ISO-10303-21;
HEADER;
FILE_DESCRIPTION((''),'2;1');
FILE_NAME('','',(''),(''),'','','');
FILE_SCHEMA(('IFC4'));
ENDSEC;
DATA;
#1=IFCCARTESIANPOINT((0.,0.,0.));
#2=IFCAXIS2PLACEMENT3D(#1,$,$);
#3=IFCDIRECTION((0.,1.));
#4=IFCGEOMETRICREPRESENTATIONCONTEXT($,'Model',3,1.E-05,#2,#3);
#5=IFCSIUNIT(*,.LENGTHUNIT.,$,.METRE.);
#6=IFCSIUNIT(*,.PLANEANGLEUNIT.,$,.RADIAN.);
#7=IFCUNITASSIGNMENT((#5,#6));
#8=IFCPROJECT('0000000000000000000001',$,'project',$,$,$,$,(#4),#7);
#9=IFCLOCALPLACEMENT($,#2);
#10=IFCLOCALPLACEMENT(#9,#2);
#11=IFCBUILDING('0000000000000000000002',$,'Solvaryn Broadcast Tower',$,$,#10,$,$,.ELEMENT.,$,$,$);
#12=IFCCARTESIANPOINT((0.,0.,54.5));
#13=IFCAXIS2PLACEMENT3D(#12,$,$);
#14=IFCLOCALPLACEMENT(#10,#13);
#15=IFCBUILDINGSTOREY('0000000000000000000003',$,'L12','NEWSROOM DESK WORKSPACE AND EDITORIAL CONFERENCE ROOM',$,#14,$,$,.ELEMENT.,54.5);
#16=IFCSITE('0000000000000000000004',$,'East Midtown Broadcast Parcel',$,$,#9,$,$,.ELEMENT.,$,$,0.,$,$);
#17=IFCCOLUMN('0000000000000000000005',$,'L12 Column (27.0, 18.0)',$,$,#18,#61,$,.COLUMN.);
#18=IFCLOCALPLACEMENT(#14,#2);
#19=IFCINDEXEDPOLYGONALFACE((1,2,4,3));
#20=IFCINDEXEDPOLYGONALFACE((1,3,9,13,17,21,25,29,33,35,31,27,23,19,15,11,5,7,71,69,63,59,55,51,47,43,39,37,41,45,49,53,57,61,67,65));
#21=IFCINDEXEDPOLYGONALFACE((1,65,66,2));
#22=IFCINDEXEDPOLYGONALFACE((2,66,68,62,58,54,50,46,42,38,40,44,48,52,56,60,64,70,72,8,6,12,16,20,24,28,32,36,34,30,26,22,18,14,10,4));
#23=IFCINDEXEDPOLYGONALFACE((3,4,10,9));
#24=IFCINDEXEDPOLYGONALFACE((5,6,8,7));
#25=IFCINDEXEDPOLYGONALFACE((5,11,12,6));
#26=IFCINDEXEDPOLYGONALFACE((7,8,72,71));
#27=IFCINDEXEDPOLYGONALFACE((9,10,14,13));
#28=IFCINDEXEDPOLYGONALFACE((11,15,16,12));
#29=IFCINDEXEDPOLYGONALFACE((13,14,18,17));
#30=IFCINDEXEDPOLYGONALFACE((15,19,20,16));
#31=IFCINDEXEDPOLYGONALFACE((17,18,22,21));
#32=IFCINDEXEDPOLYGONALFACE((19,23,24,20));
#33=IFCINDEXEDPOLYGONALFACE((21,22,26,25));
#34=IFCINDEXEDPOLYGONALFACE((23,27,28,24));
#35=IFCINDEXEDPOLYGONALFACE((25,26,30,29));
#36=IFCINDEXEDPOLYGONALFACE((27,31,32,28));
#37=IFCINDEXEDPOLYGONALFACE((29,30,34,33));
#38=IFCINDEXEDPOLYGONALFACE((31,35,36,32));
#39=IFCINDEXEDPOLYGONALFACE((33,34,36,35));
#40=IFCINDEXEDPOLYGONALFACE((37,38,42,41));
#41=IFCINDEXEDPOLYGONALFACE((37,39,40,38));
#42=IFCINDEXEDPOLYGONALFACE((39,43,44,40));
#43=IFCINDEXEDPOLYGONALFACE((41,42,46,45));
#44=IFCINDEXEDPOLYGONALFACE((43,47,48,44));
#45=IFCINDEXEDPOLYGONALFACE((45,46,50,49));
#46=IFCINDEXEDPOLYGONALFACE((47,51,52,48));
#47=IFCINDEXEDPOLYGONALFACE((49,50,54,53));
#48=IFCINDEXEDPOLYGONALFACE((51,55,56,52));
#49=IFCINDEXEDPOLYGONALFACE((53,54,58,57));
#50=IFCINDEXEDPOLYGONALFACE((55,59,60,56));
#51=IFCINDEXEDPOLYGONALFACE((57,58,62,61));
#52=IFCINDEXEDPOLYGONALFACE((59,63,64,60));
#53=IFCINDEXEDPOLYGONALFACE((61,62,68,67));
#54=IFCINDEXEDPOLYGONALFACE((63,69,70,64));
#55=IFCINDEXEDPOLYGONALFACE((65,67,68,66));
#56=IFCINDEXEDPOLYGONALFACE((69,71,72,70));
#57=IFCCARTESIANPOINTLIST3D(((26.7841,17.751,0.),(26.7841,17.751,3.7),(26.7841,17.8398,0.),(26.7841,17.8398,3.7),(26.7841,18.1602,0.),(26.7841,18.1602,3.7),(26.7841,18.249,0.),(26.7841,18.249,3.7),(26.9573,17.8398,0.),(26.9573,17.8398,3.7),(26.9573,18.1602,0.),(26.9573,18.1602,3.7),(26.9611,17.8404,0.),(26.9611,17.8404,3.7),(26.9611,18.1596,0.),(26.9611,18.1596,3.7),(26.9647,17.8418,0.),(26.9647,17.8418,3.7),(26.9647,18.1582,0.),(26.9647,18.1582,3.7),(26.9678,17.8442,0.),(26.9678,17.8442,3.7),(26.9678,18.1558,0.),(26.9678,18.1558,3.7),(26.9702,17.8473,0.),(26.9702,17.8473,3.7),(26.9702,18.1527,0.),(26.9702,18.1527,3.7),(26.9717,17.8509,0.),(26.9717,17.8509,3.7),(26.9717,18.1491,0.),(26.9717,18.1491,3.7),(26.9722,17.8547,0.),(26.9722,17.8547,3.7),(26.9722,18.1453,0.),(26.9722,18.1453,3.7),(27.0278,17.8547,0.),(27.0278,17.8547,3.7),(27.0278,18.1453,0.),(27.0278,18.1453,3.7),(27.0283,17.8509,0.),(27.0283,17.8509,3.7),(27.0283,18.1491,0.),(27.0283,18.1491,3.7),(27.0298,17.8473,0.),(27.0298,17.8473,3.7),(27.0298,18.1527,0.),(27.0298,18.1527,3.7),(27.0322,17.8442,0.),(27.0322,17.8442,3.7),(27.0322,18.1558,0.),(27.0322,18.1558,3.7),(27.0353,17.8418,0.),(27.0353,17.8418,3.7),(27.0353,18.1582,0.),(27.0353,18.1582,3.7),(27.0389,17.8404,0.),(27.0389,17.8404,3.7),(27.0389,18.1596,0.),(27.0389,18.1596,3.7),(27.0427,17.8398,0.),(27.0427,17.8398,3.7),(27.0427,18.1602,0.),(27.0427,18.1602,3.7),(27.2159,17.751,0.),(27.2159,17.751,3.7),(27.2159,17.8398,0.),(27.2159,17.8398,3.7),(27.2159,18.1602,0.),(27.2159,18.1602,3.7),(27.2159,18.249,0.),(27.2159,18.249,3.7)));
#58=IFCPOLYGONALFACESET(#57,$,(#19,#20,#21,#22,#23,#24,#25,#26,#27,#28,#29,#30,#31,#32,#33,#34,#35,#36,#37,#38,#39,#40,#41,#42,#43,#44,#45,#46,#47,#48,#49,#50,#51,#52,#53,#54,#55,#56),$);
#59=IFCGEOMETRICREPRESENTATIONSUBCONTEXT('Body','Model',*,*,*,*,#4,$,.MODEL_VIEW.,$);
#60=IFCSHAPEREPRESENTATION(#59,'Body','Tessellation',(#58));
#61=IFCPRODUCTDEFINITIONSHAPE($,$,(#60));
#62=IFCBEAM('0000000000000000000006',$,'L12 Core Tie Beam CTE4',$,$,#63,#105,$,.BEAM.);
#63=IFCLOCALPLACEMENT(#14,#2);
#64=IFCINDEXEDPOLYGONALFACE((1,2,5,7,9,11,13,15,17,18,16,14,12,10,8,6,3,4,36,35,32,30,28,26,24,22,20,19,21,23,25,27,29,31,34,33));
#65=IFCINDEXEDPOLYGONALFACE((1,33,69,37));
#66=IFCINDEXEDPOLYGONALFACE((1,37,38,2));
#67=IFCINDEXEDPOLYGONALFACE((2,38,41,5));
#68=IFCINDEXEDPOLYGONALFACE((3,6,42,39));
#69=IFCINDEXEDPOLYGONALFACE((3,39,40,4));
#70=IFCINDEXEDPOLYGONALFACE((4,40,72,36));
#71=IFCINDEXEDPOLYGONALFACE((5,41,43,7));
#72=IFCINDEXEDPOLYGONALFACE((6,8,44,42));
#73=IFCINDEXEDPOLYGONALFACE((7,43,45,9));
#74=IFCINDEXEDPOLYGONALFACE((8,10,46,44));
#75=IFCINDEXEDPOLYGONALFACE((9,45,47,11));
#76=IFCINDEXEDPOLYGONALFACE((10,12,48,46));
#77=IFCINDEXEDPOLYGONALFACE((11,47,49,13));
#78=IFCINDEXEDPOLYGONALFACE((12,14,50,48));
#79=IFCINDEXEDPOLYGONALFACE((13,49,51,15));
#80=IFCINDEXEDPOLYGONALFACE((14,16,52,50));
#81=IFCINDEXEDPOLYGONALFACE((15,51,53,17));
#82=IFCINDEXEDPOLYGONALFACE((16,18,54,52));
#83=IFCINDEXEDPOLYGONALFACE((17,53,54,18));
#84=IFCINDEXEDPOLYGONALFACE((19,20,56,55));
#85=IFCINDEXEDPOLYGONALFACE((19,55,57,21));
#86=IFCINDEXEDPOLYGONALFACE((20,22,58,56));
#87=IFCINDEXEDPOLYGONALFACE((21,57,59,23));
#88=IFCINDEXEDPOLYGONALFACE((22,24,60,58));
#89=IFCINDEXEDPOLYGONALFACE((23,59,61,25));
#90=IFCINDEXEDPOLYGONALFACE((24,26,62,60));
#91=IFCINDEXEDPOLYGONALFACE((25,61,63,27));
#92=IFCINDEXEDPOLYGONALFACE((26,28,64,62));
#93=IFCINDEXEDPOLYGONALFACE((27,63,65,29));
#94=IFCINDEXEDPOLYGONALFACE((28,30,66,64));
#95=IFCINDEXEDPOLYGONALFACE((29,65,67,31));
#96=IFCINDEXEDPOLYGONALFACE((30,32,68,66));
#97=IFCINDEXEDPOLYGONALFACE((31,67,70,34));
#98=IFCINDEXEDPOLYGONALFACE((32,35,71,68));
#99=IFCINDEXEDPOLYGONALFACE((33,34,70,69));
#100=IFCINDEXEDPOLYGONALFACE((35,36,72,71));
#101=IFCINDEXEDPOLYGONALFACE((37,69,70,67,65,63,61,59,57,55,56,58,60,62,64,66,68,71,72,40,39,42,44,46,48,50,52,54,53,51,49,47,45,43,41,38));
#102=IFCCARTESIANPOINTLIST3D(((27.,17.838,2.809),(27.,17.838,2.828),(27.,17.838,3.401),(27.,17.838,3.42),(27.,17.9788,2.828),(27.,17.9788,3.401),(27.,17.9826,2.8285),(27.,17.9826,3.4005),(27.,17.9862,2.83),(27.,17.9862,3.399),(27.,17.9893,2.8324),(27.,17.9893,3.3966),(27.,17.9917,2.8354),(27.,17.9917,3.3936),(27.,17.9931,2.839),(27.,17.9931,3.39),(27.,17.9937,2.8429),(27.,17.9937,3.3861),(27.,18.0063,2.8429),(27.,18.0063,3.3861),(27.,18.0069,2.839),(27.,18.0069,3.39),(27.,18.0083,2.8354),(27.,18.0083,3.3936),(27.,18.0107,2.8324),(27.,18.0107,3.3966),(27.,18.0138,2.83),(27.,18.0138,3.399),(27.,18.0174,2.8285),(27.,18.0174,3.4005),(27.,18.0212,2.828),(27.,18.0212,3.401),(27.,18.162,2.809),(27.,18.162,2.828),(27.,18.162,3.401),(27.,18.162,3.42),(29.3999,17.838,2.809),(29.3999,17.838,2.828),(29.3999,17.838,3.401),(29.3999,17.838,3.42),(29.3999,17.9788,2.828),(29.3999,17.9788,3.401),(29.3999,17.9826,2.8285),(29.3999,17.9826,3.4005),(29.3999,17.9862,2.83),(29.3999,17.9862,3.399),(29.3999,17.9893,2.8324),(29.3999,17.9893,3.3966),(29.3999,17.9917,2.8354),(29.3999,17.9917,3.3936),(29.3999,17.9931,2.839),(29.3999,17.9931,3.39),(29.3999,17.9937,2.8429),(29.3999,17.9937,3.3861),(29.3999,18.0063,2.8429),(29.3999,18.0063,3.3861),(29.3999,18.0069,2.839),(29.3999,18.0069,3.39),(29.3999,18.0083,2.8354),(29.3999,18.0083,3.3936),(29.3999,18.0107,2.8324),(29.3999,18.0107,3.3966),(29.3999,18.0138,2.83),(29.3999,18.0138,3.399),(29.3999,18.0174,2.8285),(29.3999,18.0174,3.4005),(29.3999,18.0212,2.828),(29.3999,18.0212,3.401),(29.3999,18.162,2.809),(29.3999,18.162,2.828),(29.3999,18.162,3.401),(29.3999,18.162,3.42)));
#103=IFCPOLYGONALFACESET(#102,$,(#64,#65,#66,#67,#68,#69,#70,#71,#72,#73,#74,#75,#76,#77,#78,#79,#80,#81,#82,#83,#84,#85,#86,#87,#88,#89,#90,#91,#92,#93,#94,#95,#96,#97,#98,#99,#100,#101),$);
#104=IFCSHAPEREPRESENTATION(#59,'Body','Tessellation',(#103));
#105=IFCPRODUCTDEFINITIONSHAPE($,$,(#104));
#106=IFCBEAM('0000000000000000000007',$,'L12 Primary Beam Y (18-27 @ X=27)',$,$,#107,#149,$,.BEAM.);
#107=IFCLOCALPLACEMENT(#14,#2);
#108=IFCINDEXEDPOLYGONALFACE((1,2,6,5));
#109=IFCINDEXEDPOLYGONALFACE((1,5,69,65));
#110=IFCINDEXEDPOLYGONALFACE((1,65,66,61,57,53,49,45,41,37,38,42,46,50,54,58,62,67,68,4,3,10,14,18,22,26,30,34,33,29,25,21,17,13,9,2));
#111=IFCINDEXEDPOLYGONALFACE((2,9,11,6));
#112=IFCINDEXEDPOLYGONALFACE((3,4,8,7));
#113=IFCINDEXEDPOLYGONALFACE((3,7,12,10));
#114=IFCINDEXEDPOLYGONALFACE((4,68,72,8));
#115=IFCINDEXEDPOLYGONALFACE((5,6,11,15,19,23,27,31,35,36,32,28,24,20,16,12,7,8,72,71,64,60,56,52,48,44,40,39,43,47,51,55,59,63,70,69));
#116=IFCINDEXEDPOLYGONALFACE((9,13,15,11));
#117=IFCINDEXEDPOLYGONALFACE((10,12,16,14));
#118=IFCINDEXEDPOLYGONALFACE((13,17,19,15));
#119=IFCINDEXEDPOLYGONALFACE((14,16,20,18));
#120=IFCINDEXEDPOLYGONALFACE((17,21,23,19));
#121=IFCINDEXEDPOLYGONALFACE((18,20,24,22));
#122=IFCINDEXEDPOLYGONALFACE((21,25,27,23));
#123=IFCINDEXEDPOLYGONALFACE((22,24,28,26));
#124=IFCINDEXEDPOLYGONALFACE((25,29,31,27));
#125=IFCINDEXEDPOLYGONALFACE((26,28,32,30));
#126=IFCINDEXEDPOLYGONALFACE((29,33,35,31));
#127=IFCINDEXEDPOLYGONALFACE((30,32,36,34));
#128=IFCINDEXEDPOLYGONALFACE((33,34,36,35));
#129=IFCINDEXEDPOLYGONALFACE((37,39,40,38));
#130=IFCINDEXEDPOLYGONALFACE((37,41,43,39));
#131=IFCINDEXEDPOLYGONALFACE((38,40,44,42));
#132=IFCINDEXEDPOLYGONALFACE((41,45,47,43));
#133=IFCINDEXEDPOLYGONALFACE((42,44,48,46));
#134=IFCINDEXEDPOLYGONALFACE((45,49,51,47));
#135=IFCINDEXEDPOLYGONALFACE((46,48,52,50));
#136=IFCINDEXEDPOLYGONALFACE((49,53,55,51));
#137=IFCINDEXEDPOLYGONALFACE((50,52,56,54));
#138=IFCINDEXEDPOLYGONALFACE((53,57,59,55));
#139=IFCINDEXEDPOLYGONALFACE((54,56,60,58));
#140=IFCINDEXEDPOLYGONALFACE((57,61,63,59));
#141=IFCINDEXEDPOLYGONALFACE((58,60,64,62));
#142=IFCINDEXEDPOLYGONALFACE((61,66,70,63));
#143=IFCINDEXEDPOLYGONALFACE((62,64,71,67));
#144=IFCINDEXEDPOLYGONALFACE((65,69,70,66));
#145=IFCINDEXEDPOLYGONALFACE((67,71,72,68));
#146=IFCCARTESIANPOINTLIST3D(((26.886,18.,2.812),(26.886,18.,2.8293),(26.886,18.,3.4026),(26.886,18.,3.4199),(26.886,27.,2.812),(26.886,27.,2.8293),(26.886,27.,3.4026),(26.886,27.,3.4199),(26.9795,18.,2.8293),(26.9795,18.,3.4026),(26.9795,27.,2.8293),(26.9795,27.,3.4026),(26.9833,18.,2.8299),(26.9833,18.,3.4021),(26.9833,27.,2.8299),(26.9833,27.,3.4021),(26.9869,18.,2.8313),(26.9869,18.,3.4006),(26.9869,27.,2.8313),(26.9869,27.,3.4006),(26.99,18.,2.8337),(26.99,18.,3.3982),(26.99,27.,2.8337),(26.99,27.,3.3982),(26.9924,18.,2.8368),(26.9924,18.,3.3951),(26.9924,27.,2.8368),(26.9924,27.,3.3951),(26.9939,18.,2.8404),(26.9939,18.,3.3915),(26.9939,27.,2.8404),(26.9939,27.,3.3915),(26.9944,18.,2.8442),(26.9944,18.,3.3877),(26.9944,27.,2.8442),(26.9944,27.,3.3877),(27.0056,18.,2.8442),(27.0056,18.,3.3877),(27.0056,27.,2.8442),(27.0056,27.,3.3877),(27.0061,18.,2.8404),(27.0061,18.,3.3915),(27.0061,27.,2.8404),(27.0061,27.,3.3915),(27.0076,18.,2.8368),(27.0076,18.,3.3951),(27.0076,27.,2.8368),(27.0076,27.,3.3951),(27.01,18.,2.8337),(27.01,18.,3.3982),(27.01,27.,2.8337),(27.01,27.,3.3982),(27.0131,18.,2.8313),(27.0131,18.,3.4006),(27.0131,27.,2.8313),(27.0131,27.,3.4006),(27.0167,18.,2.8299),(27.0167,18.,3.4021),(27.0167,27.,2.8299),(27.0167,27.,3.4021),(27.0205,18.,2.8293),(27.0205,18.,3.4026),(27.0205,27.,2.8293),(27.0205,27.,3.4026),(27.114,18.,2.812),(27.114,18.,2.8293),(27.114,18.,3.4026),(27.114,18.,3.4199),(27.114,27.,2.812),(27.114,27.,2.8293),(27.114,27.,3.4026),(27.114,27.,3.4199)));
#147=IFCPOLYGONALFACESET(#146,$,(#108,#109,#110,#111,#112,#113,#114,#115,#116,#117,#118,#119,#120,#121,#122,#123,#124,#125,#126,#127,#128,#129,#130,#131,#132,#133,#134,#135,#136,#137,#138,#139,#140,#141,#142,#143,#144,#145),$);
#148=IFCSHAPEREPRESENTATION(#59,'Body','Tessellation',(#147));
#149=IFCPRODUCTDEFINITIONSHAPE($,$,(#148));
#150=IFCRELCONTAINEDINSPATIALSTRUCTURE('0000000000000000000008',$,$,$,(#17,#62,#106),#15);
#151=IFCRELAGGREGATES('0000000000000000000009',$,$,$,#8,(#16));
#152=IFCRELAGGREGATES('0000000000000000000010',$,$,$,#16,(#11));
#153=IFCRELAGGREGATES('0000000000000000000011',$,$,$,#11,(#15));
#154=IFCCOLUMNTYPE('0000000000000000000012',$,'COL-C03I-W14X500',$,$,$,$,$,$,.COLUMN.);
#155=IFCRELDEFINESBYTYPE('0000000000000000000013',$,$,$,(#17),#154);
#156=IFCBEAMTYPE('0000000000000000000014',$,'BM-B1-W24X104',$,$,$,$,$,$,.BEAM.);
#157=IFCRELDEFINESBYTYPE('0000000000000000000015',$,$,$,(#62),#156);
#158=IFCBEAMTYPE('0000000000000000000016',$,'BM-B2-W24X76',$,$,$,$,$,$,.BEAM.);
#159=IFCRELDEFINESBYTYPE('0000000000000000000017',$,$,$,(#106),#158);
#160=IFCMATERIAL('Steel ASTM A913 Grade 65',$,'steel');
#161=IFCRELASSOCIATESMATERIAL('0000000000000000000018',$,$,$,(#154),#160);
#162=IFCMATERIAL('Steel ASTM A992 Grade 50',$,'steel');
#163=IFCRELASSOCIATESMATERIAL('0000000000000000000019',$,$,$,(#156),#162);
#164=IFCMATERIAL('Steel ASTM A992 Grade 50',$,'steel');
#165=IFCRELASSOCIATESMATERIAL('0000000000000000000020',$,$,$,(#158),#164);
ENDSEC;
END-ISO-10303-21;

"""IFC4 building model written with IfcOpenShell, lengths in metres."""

from ifc_helpers import new_model, si_unit, direction, frame, origin, origin_2d, place, context, subcontext, project, spatial, i_section, extrude, material, material_profile, profile_set, type_object, element, save


model = new_model("IFC4")

# Units and contexts
model_context = context("Model", 3, precision=1e-05, world=origin(), true_north=direction((0.0, 1.0)))
body_context = subcontext(model_context, "Body", "Model", "MODEL_VIEW")
ifc_project = project(units=[si_unit("LENGTHUNIT", "METRE"), si_unit("PLANEANGLEUNIT", "RADIAN")], contexts=[model_context])

# Site, building, storey
site_placement = place(None, origin())
site = spatial("IfcSite", under=ifc_project, at=site_placement, Name="East Midtown Broadcast Parcel", CompositionType="ELEMENT", RefElevation=0.0)
building_placement = place(site_placement, origin())
building = spatial("IfcBuilding", under=site, at=building_placement, Name="Solvaryn Broadcast Tower", CompositionType="ELEMENT")
storey_placement = place(building_placement, frame((0.0, 0.0, 54.5)))
storey = spatial("IfcBuildingStorey", under=building, at=storey_placement, Name="L12", Description="NEWSROOM DESK WORKSPACE AND EDITORIAL CONFERENCE ROOM", CompositionType="ELEMENT", Elevation=54.5)

# Column
ifc_material_1 = material(Name="Steel ASTM A913 Grade 65", Category="steel")
ifc_material_profile_1 = material_profile(ifc_material_1, i_section(OverallWidth=0.4319, OverallDepth=0.498, WebThickness=0.0557, FlangeThickness=0.0889, FilletRadius=0.0149, at=origin_2d()))
ifc_profile_set_1 = profile_set([ifc_material_profile_1], Name="Steel ASTM A913 Grade 65")
column_type = type_object("IfcColumnType", Name="COL-C03I-W14X500", PredefinedType="COLUMN", material=ifc_profile_set_1)
column_placement = place(storey_placement, frame((27.0, 18.0, 0.0), z_axis=(0.0, 0.0, 1.0), x_axis=(1.0, 0.0, 0.0)))
element("IfcColumn", 1, at=column_placement, inside=storey, type_object=column_type, Name="L12 Column (27.0, 18.0)", PredefinedType="COLUMN", context=body_context, shape_type="SweptSolid", body=[
    extrude(i_section(OverallWidth=0.4319, OverallDepth=0.498, WebThickness=0.0557, FlangeThickness=0.0889, FilletRadius=0.0149, at=origin_2d()), origin(), (0.0, 0.0, 1.0), 3.7),
])

# Beams
ifc_material_2 = material(Name="Steel ASTM A992 Grade 50", Category="steel")
ifc_material_profile_2 = material_profile(ifc_material_2, i_section(OverallWidth=0.324, OverallDepth=0.6111, WebThickness=0.0127, FlangeThickness=0.019, FilletRadius=0.0149, at=origin_2d()))
ifc_profile_set_2 = profile_set([ifc_material_profile_2], Name="Steel ASTM A992 Grade 50")
beam_type_1 = type_object("IfcBeamType", Name="BM-B1-W24X104", PredefinedType="BEAM", material=ifc_profile_set_2)
beam_1_placement = place(storey_placement, frame((27.0, 18.0, 3.1145), z_axis=(1.0, 0.0, 0.0), x_axis=(0.0, 1.0, 0.0)))
element("IfcBeam", 2, at=beam_1_placement, inside=storey, type_object=beam_type_1, Name="L12 Core Tie Beam CTE4", PredefinedType="BEAM", context=body_context, shape_type="SweptSolid", body=[
    extrude(i_section(OverallWidth=0.324, OverallDepth=0.6111, WebThickness=0.0127, FlangeThickness=0.019, FilletRadius=0.0149, at=origin_2d()), origin(), (0.0, 0.0, 1.0), 2.3999),
])
ifc_material_3 = material(Name="Steel ASTM A992 Grade 50", Category="steel")
ifc_material_profile_3 = material_profile(ifc_material_3, i_section(OverallWidth=0.228, OverallDepth=0.6079, WebThickness=0.0112, FlangeThickness=0.0173, FilletRadius=0.0149, at=origin_2d()))
ifc_profile_set_3 = profile_set([ifc_material_profile_3], Name="Steel ASTM A992 Grade 50")
beam_type_2 = type_object("IfcBeamType", Name="BM-B2-W24X76", PredefinedType="BEAM", material=ifc_profile_set_3)
beam_2_placement = place(storey_placement, frame((27.0, 18.0, 3.116), z_axis=(0.0, 1.0, 0.0), x_axis=(-1.0, 0.0, 0.0)))
element("IfcBeam", 3, at=beam_2_placement, inside=storey, type_object=beam_type_2, Name="L12 Primary Beam Y (18-27 @ X=27)", PredefinedType="BEAM", context=body_context, shape_type="SweptSolid", body=[
    extrude(i_section(OverallWidth=0.228, OverallDepth=0.6079, WebThickness=0.0112, FlangeThickness=0.0173, FilletRadius=0.0149, at=origin_2d()), origin(), (0.0, 0.0, 1.0), 9.0),
])

save(model, "model.ifc")
